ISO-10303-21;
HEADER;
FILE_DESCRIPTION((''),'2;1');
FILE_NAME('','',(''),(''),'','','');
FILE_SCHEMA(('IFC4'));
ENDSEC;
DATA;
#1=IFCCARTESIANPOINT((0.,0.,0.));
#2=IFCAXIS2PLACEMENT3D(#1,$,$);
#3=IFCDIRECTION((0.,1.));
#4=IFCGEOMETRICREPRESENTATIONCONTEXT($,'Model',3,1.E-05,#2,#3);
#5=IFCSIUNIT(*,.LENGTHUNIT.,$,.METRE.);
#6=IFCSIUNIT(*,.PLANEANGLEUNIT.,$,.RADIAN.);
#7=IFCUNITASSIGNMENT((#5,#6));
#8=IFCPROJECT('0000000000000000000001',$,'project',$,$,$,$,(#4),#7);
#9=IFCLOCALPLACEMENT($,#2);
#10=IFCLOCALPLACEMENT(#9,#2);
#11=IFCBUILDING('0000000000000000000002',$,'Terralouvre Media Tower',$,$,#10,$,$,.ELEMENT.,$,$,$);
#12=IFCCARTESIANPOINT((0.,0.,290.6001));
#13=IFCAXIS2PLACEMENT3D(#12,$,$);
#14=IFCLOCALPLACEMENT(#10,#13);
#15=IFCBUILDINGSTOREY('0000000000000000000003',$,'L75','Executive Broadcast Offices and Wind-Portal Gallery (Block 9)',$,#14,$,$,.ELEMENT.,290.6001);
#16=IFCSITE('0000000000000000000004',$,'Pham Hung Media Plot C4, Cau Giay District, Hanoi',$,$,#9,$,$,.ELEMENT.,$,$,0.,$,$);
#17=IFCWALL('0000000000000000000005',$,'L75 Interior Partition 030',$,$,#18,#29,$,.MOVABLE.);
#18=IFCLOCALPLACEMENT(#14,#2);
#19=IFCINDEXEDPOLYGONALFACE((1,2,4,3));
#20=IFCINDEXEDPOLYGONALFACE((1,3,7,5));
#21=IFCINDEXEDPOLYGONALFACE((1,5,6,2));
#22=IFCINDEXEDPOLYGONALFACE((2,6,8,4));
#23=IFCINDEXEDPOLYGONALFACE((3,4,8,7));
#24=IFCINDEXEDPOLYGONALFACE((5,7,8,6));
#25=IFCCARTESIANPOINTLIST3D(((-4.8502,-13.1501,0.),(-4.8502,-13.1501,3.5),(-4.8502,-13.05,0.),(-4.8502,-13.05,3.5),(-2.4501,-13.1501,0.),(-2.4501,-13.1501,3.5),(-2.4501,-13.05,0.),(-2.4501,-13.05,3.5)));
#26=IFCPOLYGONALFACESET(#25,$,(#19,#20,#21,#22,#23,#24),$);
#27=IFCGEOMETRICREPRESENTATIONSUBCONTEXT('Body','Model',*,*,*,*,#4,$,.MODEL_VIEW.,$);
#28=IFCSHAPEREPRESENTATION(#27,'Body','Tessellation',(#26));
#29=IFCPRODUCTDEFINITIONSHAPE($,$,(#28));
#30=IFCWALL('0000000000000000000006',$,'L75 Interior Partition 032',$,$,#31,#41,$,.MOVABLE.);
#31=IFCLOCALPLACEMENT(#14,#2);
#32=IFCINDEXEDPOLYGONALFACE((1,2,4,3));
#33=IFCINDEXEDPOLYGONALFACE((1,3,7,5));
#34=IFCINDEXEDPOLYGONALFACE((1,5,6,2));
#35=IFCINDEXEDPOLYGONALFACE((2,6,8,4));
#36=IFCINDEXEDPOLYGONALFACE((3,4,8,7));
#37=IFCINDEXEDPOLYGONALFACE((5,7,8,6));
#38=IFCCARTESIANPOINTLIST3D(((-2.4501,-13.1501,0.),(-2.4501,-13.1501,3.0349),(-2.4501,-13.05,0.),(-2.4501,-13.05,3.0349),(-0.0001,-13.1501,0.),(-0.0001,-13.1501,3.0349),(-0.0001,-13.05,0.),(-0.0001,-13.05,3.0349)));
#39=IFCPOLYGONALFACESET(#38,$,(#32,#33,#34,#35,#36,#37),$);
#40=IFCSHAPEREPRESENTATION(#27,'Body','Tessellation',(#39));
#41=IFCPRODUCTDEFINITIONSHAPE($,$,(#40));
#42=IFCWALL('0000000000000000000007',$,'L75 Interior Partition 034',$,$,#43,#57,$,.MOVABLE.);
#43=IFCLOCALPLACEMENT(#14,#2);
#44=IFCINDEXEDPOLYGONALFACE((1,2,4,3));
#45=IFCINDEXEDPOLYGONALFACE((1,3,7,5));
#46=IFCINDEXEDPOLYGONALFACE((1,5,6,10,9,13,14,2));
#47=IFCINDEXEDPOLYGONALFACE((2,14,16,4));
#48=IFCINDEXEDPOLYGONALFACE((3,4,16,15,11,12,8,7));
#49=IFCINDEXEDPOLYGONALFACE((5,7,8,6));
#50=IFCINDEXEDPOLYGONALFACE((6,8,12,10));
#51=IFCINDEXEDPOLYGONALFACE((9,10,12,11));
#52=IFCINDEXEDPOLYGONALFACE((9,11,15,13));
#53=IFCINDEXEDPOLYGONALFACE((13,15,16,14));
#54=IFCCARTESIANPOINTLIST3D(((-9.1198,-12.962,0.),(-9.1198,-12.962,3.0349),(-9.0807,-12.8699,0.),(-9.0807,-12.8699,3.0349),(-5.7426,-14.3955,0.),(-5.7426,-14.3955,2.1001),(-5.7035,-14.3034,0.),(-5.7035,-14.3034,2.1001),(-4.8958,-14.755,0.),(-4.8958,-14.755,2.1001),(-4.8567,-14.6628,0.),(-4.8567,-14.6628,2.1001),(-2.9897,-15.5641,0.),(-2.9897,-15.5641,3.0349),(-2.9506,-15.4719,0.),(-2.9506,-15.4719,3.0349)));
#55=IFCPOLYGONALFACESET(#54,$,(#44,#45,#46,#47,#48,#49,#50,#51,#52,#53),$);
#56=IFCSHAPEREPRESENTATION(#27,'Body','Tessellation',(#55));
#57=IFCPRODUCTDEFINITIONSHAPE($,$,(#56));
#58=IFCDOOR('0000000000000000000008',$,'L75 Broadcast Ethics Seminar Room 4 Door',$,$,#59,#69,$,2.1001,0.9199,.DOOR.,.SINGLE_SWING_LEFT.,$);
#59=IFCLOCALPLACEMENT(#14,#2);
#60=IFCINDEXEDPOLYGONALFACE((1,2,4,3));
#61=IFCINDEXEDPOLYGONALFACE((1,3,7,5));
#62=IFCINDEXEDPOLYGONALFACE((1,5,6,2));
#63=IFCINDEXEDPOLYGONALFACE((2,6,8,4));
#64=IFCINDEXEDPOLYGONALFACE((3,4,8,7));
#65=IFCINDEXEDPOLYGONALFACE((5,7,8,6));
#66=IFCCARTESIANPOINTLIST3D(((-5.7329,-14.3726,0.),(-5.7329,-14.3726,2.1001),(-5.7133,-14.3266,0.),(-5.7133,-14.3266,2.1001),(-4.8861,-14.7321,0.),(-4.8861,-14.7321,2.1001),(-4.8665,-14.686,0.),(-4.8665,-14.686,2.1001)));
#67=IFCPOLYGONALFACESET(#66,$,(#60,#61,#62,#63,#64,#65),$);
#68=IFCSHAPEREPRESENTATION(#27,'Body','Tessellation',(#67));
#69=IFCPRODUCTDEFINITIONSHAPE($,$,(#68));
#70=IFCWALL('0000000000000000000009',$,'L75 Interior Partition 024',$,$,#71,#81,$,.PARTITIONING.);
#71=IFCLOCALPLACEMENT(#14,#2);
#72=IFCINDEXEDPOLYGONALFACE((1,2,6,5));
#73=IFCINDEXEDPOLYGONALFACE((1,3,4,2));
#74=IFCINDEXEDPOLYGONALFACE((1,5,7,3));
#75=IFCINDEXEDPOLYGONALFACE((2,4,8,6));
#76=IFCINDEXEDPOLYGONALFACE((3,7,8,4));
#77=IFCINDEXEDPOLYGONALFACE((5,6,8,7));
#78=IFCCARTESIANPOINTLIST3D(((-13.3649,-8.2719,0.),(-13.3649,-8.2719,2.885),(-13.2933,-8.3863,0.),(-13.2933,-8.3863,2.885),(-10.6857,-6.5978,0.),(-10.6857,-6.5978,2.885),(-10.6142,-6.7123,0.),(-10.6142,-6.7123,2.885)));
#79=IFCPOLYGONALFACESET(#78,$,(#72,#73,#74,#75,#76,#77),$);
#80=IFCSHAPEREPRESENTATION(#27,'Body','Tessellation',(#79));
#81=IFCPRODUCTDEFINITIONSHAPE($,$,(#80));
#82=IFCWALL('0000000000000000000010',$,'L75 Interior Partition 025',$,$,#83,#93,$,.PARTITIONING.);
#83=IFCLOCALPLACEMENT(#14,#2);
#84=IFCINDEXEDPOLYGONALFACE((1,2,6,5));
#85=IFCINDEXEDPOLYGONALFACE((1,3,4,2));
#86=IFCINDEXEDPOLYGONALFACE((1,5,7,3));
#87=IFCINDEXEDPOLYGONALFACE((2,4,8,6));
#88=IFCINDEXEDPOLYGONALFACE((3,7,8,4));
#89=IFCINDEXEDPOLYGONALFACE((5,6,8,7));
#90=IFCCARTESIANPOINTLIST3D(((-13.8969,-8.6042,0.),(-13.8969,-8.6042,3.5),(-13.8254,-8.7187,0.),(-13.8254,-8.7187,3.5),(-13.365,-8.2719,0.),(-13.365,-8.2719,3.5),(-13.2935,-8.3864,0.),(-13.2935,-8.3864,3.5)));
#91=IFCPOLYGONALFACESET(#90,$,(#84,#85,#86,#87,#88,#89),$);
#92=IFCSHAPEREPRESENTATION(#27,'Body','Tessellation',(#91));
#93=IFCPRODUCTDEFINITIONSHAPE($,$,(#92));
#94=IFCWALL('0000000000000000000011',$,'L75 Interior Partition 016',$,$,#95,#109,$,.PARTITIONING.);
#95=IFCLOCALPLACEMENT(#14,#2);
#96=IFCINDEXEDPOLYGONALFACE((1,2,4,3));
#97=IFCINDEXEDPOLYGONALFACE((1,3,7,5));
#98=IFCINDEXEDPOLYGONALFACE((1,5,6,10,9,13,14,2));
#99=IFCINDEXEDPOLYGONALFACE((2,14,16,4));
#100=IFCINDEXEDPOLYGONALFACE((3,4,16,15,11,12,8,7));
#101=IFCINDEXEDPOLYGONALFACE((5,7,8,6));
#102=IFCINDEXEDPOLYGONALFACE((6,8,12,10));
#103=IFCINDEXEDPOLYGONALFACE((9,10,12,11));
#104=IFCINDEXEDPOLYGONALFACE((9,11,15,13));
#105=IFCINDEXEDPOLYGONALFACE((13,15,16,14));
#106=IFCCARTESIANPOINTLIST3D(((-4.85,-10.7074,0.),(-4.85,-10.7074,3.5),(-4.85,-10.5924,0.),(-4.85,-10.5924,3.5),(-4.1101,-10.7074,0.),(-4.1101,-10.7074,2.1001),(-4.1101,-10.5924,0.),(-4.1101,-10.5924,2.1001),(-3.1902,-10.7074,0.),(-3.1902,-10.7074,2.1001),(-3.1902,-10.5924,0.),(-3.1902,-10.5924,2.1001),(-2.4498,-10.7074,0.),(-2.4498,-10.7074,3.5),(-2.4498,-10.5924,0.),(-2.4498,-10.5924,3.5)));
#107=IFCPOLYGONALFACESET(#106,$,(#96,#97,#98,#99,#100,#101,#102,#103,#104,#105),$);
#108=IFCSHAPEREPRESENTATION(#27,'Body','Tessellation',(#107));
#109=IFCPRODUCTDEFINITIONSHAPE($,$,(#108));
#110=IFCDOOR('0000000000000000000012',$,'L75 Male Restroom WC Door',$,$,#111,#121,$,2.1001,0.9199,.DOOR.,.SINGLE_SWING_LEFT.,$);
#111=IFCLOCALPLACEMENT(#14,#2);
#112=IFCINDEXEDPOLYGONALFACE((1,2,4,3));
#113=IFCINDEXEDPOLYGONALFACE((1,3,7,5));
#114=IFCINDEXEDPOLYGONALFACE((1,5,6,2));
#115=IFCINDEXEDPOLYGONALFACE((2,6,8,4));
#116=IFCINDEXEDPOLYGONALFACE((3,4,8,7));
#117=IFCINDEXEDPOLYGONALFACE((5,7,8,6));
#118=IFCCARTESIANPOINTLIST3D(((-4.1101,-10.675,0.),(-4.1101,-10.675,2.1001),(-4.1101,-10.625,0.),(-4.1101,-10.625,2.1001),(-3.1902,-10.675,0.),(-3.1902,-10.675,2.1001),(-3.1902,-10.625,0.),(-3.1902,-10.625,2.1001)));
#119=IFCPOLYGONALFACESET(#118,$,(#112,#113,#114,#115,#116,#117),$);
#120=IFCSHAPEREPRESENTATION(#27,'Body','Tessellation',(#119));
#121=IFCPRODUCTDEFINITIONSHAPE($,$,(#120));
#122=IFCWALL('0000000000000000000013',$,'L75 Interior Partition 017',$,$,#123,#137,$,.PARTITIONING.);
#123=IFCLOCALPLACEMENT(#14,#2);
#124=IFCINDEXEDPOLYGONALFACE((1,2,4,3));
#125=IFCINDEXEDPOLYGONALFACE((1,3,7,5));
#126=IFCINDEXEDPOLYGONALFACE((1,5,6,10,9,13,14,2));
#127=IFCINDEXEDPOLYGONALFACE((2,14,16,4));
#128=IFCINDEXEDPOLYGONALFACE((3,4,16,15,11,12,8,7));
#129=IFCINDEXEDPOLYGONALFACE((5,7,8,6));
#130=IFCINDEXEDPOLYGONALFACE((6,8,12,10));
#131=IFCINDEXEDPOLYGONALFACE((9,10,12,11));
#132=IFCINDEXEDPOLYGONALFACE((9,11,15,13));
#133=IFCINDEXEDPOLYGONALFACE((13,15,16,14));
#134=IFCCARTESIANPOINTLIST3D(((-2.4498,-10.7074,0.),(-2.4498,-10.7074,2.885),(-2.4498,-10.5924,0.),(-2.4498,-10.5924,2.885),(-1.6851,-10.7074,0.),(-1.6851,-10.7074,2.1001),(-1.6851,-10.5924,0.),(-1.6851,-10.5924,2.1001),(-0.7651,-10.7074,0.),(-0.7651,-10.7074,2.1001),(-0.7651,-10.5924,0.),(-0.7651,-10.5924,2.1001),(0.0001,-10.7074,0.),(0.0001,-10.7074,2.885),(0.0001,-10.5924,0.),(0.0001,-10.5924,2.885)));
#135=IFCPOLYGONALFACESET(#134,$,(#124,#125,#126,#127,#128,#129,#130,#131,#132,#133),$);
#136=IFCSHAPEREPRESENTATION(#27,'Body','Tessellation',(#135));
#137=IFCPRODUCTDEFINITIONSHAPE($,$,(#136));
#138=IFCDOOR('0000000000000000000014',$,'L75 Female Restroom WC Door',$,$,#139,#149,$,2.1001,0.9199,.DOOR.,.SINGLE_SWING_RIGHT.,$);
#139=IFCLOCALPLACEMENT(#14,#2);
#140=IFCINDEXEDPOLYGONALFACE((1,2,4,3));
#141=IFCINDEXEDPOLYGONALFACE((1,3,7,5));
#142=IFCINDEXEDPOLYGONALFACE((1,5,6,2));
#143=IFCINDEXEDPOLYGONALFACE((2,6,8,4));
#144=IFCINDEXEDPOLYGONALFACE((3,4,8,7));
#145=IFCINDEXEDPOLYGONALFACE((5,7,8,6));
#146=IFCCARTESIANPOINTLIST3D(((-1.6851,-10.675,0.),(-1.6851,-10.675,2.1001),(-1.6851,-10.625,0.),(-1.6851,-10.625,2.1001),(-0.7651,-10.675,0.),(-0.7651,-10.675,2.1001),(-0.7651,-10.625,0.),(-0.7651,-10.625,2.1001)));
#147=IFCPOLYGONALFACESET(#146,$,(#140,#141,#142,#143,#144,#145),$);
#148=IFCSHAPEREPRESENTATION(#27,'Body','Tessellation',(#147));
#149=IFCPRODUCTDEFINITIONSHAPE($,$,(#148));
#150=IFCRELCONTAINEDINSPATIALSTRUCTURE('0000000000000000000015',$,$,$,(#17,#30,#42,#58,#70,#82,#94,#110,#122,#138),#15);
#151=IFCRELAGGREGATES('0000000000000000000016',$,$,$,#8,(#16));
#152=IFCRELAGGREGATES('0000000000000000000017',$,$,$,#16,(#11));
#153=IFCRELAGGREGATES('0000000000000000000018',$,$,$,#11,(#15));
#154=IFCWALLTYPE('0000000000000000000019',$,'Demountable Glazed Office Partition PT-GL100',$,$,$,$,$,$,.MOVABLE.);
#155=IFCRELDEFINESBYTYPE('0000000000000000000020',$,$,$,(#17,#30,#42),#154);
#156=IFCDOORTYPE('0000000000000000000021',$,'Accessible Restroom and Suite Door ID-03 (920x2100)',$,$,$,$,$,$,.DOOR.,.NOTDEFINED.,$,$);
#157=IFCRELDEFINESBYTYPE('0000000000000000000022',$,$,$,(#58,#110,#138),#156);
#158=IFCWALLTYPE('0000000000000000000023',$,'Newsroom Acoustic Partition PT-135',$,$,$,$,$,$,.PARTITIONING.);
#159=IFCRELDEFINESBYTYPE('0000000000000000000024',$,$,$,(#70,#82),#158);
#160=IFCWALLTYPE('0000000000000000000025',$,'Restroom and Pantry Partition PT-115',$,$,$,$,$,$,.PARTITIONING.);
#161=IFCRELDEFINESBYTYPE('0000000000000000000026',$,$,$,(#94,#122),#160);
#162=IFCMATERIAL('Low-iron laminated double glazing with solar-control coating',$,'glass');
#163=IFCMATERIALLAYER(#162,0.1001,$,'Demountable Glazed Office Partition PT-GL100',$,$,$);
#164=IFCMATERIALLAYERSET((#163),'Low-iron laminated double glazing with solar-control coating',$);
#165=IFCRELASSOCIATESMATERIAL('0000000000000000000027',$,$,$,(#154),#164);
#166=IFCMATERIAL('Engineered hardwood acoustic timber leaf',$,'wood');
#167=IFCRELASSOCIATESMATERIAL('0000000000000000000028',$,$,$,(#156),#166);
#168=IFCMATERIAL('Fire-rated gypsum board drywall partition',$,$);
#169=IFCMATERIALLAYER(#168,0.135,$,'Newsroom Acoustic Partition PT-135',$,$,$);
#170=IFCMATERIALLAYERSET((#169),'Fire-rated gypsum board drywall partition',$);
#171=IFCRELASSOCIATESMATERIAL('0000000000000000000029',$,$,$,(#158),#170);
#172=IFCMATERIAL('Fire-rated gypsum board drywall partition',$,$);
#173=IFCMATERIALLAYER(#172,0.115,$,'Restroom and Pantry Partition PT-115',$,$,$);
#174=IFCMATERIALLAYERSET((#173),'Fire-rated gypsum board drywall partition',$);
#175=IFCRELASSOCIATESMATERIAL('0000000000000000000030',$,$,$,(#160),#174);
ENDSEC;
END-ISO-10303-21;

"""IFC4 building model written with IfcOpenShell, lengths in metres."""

from ifc_helpers import new_model, si_unit, direction, frame, frame_2d, origin, place, context, subcontext, project, spatial, rectangle, extrude, material, layer, layer_set, type_object, element, fill, save


model = new_model("IFC4")

# Units and contexts
model_context = context("Model", 3, precision=1e-05, world=origin(), true_north=direction((0.0, 1.0)))
body_context = subcontext(model_context, "Body", "Model", "MODEL_VIEW")
ifc_project = project(units=[si_unit("LENGTHUNIT", "METRE"), si_unit("PLANEANGLEUNIT", "RADIAN")], contexts=[model_context])

# Site, building, storey
site_placement = place(None, origin())
site = spatial("IfcSite", under=ifc_project, at=site_placement, Name="Pham Hung Media Plot C4, Cau Giay District, Hanoi", CompositionType="ELEMENT", RefElevation=0.0)
building_placement = place(site_placement, origin())
building = spatial("IfcBuilding", under=site, at=building_placement, Name="Terralouvre Media Tower", CompositionType="ELEMENT")
storey_placement = place(building_placement, frame((0.0, 0.0, 290.6001)))
storey = spatial("IfcBuildingStorey", under=building, at=storey_placement, Name="L75", Description="Executive Broadcast Offices and Wind-Portal Gallery (Block 9)", CompositionType="ELEMENT", Elevation=290.6001)

# Shared definitions
ifc_material_1 = material(Name="Low-iron laminated double glazing with solar-control coating", Category="glass")
ifc_layer_1 = layer(ifc_material_1, 0.1001, Name="Demountable Glazed Office Partition PT-GL100")
ifc_layer_set_1 = layer_set([ifc_layer_1], Name="Low-iron laminated double glazing with solar-control coating")
wall_type_1 = type_object("IfcWallType", Name="Demountable Glazed Office Partition PT-GL100", PredefinedType="MOVABLE", material=ifc_layer_set_1)

# Shared definitions
ifc_material_2 = material(Name="Engineered hardwood acoustic timber leaf", Category="wood")
door_type = type_object("IfcDoorType", Name="Accessible Restroom and Suite Door ID-03 (920x2100)", OperationType="NOTDEFINED", PredefinedType="DOOR", material=ifc_material_2)

# Walls
wall_1_placement = place(storey_placement, frame((-2.45, -13.1001, 0.0), z_axis=(0.0, 0.0, 1.0), x_axis=(-1.0, 0.0, 0.0)))
element("IfcWall", 1, at=wall_1_placement, inside=storey, type_object=wall_type_1, Name="L75 Interior Partition 030", PredefinedType="MOVABLE", context=body_context, shape_type="SweptSolid", body=[
    extrude(rectangle(XDim=2.4001, YDim=0.1001, at=frame_2d((1.2002, 0.0))), origin(), (0.0, 0.0, 1.0), 3.5),
])
wall_2_placement = place(storey_placement, frame((0.0, -13.1001, 0.0), z_axis=(0.0, 0.0, 1.0), x_axis=(-1.0, 0.0, 0.0)))
element("IfcWall", 2, at=wall_2_placement, inside=storey, type_object=wall_type_1, Name="L75 Interior Partition 032", PredefinedType="MOVABLE", context=body_context, shape_type="SweptSolid", body=[
    extrude(rectangle(XDim=2.45, YDim=0.1001, at=frame_2d((1.2251, 0.0))), origin(), (0.0, 0.0, 1.0), 3.0349),
])

# Wall, opening, door
wall_3_placement = place(storey_placement, frame((-9.1001, -12.916, 0.0), z_axis=(0.0, 0.0, 1.0), x_axis=(0.920507, -0.390727, 0.0)))
wall_3 = element("IfcWall", 3, at=wall_3_placement, inside=storey, type_object=wall_type_1, Name="L75 Interior Partition 034", PredefinedType="MOVABLE", context=body_context, shape_type="SweptSolid", body=[
    extrude(rectangle(XDim=6.6594, YDim=0.1001, at=frame_2d((3.3296, 0.0))), origin(), (0.0, 0.0, 1.0), 3.0349),
])
opening_1_placement = place(wall_3_placement, frame((3.6687, 0.0, 0.0)))
opening_1 = element("IfcOpeningElement", 4, at=opening_1_placement, cuts=wall_3, PredefinedType="OPENING", context=body_context, shape_type="SweptSolid", body=[
    extrude(rectangle(XDim=0.9199, YDim=2.1001, at=frame_2d((0.46, 1.05))), frame((0.0, 0.0601, 0.0), z_axis=(0.0, -1.0, 0.0), x_axis=(1.0, 0.0, 0.0)), (0.0, 0.0, 1.0), 0.1201),
])
door_1_placement = place(opening_1_placement, origin())
door_1 = element("IfcDoor", 5, at=door_1_placement, inside=storey, type_object=door_type, Name="L75 Broadcast Ethics Seminar Room 4 Door", OperationType="SINGLE_SWING_LEFT", OverallHeight=2.1001, OverallWidth=0.9199, PredefinedType="DOOR", context=body_context, shape_type="SweptSolid", body=[
    extrude(rectangle(XDim=0.9199, YDim=2.1001, at=frame_2d((0.46, 1.05))), frame((0.0, 0.0249, 0.0), z_axis=(0.0, -1.0, 0.0), x_axis=(1.0, 0.0, 0.0)), (0.0, 0.0, 1.0), 0.05),
])
fill(opening_1, door_1)

# Walls
ifc_material_3 = material(Name="Fire-rated gypsum board drywall partition")
ifc_layer_2 = layer(ifc_material_3, 0.135, Name="Newsroom Acoustic Partition PT-135")
ifc_layer_set_2 = layer_set([ifc_layer_2], Name="Fire-rated gypsum board drywall partition")
wall_type_2 = type_object("IfcWallType", Name="Newsroom Acoustic Partition PT-135", PredefinedType="PARTITIONING", material=ifc_layer_set_2)
wall_4_placement = place(storey_placement, frame((-13.3291, -8.3291, 0.0), z_axis=(0.0, 0.0, 1.0), x_axis=(0.848059, 0.529902, 0.0)))
element("IfcWall", 6, at=wall_4_placement, inside=storey, type_object=wall_type_2, Name="L75 Interior Partition 024", PredefinedType="PARTITIONING", context=body_context, shape_type="SweptSolid", body=[
    extrude(rectangle(XDim=3.1592, YDim=0.135, at=frame_2d((1.5796, 0.0))), origin(), (0.0, 0.0, 1.0), 2.885),
])
wall_5_placement = place(storey_placement, frame((-13.8611, -8.6614, 0.0), z_axis=(0.0, 0.0, 1.0), x_axis=(0.848151, 0.529754, 0.0)))
element("IfcWall", 7, at=wall_5_placement, inside=storey, type_object=wall_type_2, Name="L75 Interior Partition 025", PredefinedType="PARTITIONING", context=body_context, shape_type="SweptSolid", body=[
    extrude(rectangle(XDim=0.6272, YDim=0.135, at=frame_2d((0.3135, 0.0))), origin(), (0.0, 0.0, 1.0), 3.5),
])

# Walls, openings, doors
ifc_material_4 = material(Name="Fire-rated gypsum board drywall partition")
ifc_layer_3 = layer(ifc_material_4, 0.115, Name="Restroom and Pantry Partition PT-115")
ifc_layer_set_3 = layer_set([ifc_layer_3], Name="Fire-rated gypsum board drywall partition")
wall_type_3 = type_object("IfcWallType", Name="Restroom and Pantry Partition PT-115", PredefinedType="PARTITIONING", material=ifc_layer_set_3)
wall_6_placement = place(storey_placement, frame((-4.8501, -10.6499, 0.0), z_axis=(0.0, 0.0, 1.0), x_axis=(1.0, 0.0, 0.0)))
wall_6 = element("IfcWall", 8, at=wall_6_placement, inside=storey, type_object=wall_type_3, Name="L75 Interior Partition 016", PredefinedType="PARTITIONING", context=body_context, shape_type="SweptSolid", body=[
    extrude(rectangle(XDim=2.4001, YDim=0.115, at=frame_2d((1.2002, 0.0))), origin(), (0.0, 0.0, 1.0), 3.5),
])
opening_2_placement = place(wall_6_placement, frame((0.74, 0.0, 0.0)))
opening_2 = element("IfcOpeningElement", 9, at=opening_2_placement, cuts=wall_6, PredefinedType="OPENING", context=body_context, shape_type="SweptSolid", body=[
    extrude(rectangle(XDim=0.9199, YDim=2.1001, at=frame_2d((0.46, 1.05))), frame((0.0, 0.0674, 0.0), z_axis=(0.0, -1.0, 0.0), x_axis=(1.0, 0.0, 0.0)), (0.0, 0.0, 1.0), 0.135),
])
door_2_placement = place(opening_2_placement, origin())
door_2 = element("IfcDoor", 10, at=door_2_placement, inside=storey, type_object=door_type, Name="L75 Male Restroom WC Door", OperationType="SINGLE_SWING_LEFT", OverallHeight=2.1001, OverallWidth=0.9199, PredefinedType="DOOR", context=body_context, shape_type="SweptSolid", body=[
    extrude(rectangle(XDim=0.9199, YDim=2.1001, at=frame_2d((0.46, 1.05))), frame((0.0, 0.0249, 0.0), z_axis=(0.0, -1.0, 0.0), x_axis=(1.0, 0.0, 0.0)), (0.0, 0.0, 1.0), 0.05),
])
fill(opening_2, door_2)
wall_7_placement = place(storey_placement, frame((-2.45, -10.6499, 0.0), z_axis=(0.0, 0.0, 1.0), x_axis=(1.0, 0.0, 0.0)))
wall_7 = element("IfcWall", 11, at=wall_7_placement, inside=storey, type_object=wall_type_3, Name="L75 Interior Partition 017", PredefinedType="PARTITIONING", context=body_context, shape_type="SweptSolid", body=[
    extrude(rectangle(XDim=2.45, YDim=0.115, at=frame_2d((1.2251, 0.0))), origin(), (0.0, 0.0, 1.0), 2.885),
])
opening_3_placement = place(wall_7_placement, frame((0.7649, 0.0, 0.0)))
opening_3 = element("IfcOpeningElement", 12, at=opening_3_placement, cuts=wall_7, PredefinedType="OPENING", context=body_context, shape_type="SweptSolid", body=[
    extrude(rectangle(XDim=0.9199, YDim=2.1001, at=frame_2d((0.46, 1.05))), frame((0.0, 0.0674, 0.0), z_axis=(0.0, -1.0, 0.0), x_axis=(1.0, 0.0, 0.0)), (0.0, 0.0, 1.0), 0.135),
])
door_3_placement = place(opening_3_placement, origin())
door_3 = element("IfcDoor", 13, at=door_3_placement, inside=storey, type_object=door_type, Name="L75 Female Restroom WC Door", OperationType="SINGLE_SWING_RIGHT", OverallHeight=2.1001, OverallWidth=0.9199, PredefinedType="DOOR", context=body_context, shape_type="SweptSolid", body=[
    extrude(rectangle(XDim=0.9199, YDim=2.1001, at=frame_2d((0.46, 1.05))), frame((0.0, 0.0249, 0.0), z_axis=(0.0, -1.0, 0.0), x_axis=(1.0, 0.0, 0.0)), (0.0, 0.0, 1.0), 0.05),
])
fill(opening_3, door_3)

save(model, "model.ifc")
